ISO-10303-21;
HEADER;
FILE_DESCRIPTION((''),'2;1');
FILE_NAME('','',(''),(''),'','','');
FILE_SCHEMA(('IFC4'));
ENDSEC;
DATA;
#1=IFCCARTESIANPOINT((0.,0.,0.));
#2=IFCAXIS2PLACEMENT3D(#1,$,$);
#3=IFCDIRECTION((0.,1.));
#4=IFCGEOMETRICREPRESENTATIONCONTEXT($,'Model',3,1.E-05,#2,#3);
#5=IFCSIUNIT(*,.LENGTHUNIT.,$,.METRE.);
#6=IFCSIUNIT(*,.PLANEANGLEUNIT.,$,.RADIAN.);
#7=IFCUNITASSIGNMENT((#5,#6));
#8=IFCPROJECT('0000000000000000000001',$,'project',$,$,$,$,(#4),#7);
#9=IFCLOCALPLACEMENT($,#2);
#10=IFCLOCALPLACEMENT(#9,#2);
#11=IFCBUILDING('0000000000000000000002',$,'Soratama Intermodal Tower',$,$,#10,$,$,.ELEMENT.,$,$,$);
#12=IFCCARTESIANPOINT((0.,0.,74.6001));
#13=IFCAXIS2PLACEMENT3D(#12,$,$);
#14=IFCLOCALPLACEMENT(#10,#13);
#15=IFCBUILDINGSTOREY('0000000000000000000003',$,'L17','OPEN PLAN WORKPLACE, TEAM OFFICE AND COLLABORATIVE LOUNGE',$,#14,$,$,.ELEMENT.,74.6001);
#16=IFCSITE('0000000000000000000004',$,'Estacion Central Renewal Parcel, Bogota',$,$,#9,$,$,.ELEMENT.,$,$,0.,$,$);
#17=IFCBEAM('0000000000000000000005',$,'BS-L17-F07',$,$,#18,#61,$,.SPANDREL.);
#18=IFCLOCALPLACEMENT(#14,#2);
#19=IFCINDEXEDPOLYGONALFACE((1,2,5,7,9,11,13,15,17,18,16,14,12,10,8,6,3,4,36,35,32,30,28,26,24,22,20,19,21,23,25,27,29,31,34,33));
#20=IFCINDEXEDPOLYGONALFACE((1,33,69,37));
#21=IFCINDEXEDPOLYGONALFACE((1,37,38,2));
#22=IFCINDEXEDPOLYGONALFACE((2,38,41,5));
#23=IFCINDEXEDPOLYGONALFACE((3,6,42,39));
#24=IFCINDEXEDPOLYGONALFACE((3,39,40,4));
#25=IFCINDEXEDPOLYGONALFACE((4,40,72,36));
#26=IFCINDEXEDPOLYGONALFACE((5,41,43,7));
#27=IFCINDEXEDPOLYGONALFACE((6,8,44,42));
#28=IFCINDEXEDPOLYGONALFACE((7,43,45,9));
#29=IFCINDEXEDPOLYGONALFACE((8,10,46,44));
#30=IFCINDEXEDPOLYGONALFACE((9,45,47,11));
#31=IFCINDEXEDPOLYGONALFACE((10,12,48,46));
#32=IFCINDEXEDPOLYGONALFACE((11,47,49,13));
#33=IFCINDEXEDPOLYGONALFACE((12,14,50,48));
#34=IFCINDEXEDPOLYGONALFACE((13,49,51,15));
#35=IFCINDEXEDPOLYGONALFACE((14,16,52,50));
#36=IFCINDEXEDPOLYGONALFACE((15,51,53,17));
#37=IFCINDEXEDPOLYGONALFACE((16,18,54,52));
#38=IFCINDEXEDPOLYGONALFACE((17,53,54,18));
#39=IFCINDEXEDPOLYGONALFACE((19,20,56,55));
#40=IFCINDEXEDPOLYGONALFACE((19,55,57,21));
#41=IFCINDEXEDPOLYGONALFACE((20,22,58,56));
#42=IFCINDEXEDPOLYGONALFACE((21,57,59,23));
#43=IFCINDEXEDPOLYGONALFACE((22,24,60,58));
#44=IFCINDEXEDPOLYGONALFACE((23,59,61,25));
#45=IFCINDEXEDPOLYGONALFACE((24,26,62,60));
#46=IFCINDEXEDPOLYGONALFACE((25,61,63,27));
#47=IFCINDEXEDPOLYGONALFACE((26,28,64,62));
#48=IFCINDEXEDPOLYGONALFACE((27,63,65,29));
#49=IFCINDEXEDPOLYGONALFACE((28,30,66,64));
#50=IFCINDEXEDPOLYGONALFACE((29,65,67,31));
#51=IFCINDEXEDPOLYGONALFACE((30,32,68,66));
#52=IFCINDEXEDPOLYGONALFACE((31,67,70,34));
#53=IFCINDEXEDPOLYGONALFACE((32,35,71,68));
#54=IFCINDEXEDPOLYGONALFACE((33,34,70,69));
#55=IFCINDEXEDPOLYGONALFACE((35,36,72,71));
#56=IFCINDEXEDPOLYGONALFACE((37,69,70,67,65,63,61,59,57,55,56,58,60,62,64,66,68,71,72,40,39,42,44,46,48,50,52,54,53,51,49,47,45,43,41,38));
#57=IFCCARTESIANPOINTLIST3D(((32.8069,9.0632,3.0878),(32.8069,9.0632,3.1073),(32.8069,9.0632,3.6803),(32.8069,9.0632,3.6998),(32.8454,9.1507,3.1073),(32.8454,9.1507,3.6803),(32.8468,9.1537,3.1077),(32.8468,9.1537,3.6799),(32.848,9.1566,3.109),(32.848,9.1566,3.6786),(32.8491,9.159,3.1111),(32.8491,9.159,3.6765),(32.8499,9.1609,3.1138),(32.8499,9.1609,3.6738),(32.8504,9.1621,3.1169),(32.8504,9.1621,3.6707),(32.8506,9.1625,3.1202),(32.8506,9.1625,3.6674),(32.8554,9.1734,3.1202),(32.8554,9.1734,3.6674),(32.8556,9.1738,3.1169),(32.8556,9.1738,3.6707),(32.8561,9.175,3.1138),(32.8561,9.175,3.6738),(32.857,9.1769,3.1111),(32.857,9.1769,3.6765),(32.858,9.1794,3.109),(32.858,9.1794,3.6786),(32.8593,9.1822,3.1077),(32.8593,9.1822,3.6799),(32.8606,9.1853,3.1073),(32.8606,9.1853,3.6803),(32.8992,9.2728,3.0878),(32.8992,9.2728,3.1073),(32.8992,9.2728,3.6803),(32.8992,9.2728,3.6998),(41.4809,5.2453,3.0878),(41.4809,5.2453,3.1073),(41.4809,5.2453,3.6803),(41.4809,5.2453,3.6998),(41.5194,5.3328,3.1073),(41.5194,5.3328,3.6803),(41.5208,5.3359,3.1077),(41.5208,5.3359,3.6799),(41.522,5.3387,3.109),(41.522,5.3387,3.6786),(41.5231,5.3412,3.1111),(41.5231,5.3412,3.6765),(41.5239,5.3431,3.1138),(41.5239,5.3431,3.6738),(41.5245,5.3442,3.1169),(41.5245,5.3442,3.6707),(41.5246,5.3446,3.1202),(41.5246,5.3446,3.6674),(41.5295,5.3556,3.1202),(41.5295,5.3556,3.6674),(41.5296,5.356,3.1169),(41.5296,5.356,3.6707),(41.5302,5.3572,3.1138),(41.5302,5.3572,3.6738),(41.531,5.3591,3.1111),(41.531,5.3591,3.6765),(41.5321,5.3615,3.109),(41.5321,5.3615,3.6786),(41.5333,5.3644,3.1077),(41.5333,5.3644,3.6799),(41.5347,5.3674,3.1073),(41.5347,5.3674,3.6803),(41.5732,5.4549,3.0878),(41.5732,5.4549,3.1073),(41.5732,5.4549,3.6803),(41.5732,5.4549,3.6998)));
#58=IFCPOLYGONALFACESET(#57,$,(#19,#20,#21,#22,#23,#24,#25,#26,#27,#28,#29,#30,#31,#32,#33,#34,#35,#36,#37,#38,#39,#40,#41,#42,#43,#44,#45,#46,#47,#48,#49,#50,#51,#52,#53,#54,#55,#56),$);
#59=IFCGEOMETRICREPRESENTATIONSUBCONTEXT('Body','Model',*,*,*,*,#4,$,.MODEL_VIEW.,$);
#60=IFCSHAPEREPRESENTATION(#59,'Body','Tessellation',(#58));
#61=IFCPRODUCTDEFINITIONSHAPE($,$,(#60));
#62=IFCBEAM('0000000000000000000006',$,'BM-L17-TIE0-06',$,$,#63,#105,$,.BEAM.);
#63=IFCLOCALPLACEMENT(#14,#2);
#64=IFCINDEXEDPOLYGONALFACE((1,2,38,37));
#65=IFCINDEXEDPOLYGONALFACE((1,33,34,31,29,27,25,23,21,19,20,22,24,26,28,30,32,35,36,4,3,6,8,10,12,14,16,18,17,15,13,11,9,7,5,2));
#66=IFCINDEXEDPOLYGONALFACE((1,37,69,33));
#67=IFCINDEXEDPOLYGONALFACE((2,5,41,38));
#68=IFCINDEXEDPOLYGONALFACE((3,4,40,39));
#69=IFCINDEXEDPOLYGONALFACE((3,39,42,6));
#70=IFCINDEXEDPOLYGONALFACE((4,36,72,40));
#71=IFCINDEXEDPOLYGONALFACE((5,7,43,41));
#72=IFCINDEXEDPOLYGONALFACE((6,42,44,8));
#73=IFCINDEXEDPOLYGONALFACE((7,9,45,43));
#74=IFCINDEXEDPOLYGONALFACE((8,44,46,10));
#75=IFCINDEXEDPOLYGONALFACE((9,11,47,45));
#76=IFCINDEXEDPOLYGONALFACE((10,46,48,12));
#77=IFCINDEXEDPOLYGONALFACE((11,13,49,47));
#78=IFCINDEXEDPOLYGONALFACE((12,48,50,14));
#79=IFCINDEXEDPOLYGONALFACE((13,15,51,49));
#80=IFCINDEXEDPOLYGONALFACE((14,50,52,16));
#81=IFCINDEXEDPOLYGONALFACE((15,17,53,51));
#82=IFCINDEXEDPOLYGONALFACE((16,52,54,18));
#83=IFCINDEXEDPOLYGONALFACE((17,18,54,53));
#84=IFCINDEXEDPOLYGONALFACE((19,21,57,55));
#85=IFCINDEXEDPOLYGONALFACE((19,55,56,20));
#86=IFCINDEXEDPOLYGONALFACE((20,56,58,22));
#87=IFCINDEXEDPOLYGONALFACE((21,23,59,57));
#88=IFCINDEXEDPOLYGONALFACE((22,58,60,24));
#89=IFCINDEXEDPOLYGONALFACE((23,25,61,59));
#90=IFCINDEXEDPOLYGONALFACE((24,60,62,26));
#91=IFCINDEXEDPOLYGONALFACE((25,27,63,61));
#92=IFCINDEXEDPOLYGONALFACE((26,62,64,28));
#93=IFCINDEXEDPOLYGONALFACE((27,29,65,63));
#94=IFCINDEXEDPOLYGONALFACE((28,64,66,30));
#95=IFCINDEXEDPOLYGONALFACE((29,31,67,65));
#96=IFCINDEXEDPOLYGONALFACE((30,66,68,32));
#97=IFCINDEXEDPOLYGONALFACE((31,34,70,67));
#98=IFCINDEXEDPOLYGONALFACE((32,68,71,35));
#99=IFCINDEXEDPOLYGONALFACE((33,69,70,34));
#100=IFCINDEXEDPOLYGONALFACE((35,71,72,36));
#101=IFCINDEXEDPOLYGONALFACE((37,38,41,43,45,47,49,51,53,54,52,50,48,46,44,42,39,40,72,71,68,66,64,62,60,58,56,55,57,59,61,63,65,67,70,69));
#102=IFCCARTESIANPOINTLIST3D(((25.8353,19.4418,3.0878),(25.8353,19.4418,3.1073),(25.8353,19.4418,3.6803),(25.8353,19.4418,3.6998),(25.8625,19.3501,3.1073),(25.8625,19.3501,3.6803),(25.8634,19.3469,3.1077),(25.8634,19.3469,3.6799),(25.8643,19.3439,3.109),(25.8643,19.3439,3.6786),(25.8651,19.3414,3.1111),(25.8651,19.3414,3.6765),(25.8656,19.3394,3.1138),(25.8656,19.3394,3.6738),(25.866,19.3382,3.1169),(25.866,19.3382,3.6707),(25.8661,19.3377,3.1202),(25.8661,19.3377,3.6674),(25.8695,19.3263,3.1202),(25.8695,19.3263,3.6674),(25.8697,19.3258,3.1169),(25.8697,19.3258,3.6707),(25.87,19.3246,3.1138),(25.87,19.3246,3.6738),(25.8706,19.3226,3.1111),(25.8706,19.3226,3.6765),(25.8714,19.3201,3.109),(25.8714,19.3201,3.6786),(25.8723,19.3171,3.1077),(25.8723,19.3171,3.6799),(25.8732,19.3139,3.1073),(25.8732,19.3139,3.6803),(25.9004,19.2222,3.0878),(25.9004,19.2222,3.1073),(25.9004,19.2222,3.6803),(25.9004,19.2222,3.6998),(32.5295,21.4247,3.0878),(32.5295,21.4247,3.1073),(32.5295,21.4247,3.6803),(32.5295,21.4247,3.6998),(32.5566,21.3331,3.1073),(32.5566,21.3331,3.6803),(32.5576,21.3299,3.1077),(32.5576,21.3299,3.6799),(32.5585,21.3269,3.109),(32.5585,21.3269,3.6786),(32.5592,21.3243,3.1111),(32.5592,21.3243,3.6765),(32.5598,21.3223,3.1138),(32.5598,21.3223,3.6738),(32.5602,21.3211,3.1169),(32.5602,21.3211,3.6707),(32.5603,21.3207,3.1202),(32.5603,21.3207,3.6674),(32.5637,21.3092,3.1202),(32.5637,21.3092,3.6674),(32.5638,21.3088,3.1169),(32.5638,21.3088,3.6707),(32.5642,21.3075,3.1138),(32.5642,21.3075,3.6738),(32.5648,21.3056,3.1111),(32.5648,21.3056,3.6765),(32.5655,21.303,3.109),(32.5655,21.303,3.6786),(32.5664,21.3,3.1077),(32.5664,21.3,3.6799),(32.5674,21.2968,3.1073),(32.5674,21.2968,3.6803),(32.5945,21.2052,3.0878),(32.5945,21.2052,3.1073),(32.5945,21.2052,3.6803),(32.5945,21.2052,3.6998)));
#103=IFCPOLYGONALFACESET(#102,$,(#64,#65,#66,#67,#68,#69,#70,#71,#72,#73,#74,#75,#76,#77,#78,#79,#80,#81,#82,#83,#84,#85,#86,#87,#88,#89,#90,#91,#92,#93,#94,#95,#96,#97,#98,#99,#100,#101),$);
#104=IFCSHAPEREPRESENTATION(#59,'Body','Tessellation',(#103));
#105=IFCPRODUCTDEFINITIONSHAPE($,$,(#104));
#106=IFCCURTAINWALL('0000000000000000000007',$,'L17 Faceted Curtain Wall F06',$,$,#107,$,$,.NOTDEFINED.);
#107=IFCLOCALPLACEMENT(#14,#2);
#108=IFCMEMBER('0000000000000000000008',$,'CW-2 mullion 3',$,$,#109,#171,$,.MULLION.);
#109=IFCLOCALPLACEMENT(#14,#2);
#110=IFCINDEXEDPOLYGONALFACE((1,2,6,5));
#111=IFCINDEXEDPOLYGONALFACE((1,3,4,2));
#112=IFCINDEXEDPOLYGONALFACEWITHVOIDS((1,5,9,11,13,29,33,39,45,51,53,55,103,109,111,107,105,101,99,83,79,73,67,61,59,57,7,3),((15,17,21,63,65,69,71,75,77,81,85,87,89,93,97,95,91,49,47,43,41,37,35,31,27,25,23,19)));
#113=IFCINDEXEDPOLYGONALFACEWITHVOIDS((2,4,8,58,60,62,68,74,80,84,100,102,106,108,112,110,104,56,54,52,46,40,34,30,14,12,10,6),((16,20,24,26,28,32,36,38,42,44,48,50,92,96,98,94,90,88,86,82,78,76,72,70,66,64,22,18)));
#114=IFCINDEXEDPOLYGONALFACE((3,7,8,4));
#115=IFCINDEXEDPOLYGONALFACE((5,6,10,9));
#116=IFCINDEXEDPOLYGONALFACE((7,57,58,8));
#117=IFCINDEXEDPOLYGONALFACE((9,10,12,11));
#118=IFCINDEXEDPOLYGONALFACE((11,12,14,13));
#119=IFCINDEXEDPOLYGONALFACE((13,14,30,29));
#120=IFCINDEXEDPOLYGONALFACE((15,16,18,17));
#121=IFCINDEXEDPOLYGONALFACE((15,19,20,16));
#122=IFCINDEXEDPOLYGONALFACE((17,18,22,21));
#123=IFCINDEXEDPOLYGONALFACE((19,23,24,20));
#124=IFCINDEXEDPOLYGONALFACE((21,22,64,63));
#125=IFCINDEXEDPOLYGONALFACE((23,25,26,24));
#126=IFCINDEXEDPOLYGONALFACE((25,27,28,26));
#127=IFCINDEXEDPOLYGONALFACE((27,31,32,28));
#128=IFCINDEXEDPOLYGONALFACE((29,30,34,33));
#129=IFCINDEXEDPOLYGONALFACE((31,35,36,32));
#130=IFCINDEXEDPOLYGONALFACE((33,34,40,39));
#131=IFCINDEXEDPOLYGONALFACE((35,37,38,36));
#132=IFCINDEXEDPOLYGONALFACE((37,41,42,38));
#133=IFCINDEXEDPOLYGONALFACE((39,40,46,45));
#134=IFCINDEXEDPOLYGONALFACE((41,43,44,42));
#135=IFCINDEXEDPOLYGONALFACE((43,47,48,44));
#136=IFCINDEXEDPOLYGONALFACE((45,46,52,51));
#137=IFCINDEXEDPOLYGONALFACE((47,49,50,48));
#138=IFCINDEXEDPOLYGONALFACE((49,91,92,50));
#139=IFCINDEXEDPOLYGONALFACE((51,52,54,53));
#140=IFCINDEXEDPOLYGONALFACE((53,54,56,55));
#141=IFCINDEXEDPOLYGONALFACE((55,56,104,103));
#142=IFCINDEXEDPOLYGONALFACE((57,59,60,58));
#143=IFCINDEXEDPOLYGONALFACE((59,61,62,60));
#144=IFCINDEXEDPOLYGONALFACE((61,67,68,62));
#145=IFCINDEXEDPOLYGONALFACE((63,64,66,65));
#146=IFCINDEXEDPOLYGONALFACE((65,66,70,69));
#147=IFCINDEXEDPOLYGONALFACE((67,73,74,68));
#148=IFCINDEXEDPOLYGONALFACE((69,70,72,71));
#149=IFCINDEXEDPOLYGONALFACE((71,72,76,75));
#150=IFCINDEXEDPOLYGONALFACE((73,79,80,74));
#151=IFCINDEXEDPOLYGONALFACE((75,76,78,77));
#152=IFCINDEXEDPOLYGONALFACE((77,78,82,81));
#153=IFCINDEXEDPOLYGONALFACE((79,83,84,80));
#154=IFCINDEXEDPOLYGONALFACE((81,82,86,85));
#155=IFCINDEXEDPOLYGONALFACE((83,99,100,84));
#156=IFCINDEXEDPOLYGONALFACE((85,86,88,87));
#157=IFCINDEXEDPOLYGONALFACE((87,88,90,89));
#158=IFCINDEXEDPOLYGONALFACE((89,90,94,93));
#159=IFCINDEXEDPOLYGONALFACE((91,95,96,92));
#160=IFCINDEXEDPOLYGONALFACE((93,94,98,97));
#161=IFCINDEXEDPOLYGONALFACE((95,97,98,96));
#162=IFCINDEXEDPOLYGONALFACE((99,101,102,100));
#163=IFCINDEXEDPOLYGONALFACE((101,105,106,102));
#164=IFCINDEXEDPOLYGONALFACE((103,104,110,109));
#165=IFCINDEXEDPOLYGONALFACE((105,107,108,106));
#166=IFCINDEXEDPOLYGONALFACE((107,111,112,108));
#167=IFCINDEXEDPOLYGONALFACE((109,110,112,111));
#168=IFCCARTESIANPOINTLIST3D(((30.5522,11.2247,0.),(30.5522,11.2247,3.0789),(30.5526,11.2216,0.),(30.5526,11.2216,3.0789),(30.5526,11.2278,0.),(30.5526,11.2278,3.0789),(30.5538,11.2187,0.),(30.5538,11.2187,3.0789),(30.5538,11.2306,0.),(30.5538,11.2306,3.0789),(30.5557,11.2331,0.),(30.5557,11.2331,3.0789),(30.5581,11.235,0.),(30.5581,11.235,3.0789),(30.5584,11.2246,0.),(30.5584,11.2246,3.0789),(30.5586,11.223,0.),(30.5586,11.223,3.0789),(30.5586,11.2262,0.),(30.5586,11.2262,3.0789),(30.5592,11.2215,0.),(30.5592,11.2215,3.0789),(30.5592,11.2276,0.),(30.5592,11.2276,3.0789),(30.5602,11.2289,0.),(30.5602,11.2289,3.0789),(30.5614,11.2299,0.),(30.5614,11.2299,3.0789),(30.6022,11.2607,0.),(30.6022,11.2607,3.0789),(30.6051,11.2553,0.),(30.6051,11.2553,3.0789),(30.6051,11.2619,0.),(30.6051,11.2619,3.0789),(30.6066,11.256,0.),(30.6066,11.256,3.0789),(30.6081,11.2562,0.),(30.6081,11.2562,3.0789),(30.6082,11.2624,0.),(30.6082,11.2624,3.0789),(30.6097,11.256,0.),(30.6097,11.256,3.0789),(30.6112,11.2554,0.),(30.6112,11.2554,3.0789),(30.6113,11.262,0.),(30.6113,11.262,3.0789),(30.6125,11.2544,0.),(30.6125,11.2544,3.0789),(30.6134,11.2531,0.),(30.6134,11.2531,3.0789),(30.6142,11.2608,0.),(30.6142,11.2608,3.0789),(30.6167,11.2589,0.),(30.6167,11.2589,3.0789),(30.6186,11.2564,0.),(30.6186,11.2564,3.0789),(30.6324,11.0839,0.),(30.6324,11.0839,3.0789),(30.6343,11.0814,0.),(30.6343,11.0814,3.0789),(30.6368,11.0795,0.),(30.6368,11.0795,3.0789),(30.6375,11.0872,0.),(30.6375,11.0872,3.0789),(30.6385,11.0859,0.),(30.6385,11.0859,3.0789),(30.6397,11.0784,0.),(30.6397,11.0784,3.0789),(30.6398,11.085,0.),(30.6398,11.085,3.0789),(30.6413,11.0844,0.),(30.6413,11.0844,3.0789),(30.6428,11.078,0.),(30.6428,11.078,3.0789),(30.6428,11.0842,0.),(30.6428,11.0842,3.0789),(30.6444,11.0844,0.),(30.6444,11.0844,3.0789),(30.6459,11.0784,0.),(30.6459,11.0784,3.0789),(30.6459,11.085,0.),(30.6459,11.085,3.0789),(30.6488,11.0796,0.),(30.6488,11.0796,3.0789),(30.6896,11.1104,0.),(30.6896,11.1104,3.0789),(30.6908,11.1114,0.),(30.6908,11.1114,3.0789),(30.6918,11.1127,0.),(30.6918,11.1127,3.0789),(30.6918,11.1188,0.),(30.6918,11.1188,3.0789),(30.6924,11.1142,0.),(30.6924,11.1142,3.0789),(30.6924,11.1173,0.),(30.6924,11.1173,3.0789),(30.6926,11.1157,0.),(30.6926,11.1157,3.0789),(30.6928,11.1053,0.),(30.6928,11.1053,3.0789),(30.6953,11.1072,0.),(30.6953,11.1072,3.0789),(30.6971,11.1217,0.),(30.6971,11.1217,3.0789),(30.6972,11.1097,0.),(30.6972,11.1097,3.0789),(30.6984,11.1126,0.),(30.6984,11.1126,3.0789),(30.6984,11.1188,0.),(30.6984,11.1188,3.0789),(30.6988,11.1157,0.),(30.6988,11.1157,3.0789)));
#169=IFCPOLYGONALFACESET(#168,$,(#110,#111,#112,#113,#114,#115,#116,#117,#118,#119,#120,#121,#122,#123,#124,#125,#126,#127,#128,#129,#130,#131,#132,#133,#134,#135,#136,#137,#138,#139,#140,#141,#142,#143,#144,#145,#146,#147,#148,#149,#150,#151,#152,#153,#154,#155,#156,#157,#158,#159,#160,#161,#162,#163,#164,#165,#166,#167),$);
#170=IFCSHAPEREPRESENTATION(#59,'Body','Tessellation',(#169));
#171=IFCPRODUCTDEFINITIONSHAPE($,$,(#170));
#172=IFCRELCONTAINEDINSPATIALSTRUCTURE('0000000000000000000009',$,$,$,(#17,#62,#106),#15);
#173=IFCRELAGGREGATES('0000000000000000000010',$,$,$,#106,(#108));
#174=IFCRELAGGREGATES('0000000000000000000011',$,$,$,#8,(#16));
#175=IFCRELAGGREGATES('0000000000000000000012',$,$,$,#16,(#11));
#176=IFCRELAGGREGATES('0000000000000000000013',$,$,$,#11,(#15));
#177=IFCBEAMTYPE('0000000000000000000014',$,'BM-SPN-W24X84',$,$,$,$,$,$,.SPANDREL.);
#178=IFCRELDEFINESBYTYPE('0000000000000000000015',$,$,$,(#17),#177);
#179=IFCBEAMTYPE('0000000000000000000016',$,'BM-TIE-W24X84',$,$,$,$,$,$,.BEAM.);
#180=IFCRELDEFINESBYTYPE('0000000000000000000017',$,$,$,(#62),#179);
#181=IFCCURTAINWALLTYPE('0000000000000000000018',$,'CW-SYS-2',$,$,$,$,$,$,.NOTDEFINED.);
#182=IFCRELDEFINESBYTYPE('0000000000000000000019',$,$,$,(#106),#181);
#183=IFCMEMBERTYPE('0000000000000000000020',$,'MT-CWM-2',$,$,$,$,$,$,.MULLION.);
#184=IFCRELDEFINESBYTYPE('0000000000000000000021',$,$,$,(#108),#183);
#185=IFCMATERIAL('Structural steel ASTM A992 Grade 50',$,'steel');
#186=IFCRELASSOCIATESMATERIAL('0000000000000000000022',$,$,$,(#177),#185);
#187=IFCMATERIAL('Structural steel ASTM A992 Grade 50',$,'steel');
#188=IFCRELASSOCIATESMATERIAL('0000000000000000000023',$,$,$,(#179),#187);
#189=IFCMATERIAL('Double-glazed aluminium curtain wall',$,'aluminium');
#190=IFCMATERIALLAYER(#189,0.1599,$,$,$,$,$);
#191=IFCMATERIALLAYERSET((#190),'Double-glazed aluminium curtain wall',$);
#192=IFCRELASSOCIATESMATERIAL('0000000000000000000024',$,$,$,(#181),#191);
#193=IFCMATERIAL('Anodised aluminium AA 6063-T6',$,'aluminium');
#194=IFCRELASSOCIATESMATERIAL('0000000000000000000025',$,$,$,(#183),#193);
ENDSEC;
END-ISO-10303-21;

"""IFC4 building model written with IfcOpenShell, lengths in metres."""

from ifc_helpers import new_model, si_unit, direction, frame, origin, origin_2d, place, context, subcontext, project, spatial, hollow_rectangle, i_section, extrude, material, layer, layer_set, material_profile, profile_set, type_object, element, aggregate, save


model = new_model("IFC4")

# Units and contexts
model_context = context("Model", 3, precision=1e-05, world=origin(), true_north=direction((0.0, 1.0)))
body_context = subcontext(model_context, "Body", "Model", "MODEL_VIEW")
ifc_project = project(units=[si_unit("LENGTHUNIT", "METRE"), si_unit("PLANEANGLEUNIT", "RADIAN")], contexts=[model_context])

# Site, building, storey
site_placement = place(None, origin())
site = spatial("IfcSite", under=ifc_project, at=site_placement, Name="Estacion Central Renewal Parcel, Bogota", CompositionType="ELEMENT", RefElevation=0.0)
building_placement = place(site_placement, origin())
building = spatial("IfcBuilding", under=site, at=building_placement, Name="Soratama Intermodal Tower", CompositionType="ELEMENT")
storey_placement = place(building_placement, frame((0.0, 0.0, 74.6001)))
storey = spatial("IfcBuildingStorey", under=building, at=storey_placement, Name="L17", Description="OPEN PLAN WORKPLACE, TEAM OFFICE AND COLLABORATIVE LOUNGE", CompositionType="ELEMENT", Elevation=74.6001)

# Beams
ifc_material_1 = material(Name="Structural steel ASTM A992 Grade 50", Category="steel")
ifc_material_profile_1 = material_profile(ifc_material_1, i_section(OverallWidth=0.229, OverallDepth=0.6121, WebThickness=0.012, FlangeThickness=0.0195, FilletRadius=0.0129, at=origin_2d()), Name="W24X84")
ifc_profile_set_1 = profile_set([ifc_material_profile_1], Name="Structural steel ASTM A992 Grade 50")
beam_type_1 = type_object("IfcBeamType", Name="BM-SPN-W24X84", PredefinedType="SPANDREL", material=ifc_profile_set_1)
beam_1_placement = place(storey_placement, frame((32.853, 9.168, 3.3938), z_axis=(0.915265, -0.402852, 0.0), x_axis=(0.402852, 0.915265, 0.0)))
element("IfcBeam", 1, at=beam_1_placement, inside=storey, type_object=beam_type_1, Name="BS-L17-F07", PredefinedType="SPANDREL", context=body_context, shape_type="SweptSolid", body=[
    extrude(i_section(OverallWidth=0.229, OverallDepth=0.6121, WebThickness=0.012, FlangeThickness=0.0195, FilletRadius=0.0129, at=origin_2d()), origin(), (0.0, 0.0, 1.0), 9.4771),
])
ifc_material_2 = material(Name="Structural steel ASTM A992 Grade 50", Category="steel")
ifc_material_profile_2 = material_profile(ifc_material_2, i_section(OverallWidth=0.229, OverallDepth=0.6121, WebThickness=0.012, FlangeThickness=0.0195, FilletRadius=0.0129, at=origin_2d()), Name="W24X84")
ifc_profile_set_2 = profile_set([ifc_material_profile_2], Name="Structural steel ASTM A992 Grade 50")
beam_type_2 = type_object("IfcBeamType", Name="BM-TIE-W24X84", PredefinedType="BEAM", material=ifc_profile_set_2)
beam_2_placement = place(storey_placement, frame((32.562, 21.3149, 3.3938), z_axis=(-0.958819, -0.284019, 0.0), x_axis=(0.284019, -0.958819, 0.0)))
element("IfcBeam", 2, at=beam_2_placement, inside=storey, type_object=beam_type_2, Name="BM-L17-TIE0-06", PredefinedType="BEAM", context=body_context, shape_type="SweptSolid", body=[
    extrude(i_section(OverallWidth=0.229, OverallDepth=0.6121, WebThickness=0.012, FlangeThickness=0.0195, FilletRadius=0.0129, at=origin_2d()), origin(), (0.0, 0.0, 1.0), 6.9817),
])

# Curtain wall, member
ifc_material_3 = material(Name="Double-glazed aluminium curtain wall", Category="aluminium")
ifc_layer_1 = layer(ifc_material_3, 0.1599)
ifc_layer_set_1 = layer_set([ifc_layer_1], Name="Double-glazed aluminium curtain wall")
curtain_wall_type = type_object("IfcCurtainWallType", Name="CW-SYS-2", PredefinedType="NOTDEFINED", material=ifc_layer_set_1)
curtain_wall_1_placement = place(storey_placement, origin())
curtain_wall_1 = element("IfcCurtainWall", 3, at=curtain_wall_1_placement, inside=storey, type_object=curtain_wall_type, Name="L17 Faceted Curtain Wall F06", PredefinedType="NOTDEFINED")
ifc_material_4 = material(Name="Anodised aluminium AA 6063-T6", Category="aluminium")
ifc_material_profile_3 = material_profile(ifc_material_4, hollow_rectangle(XDim=0.075, YDim=0.1799, WallThickness=0.0061, InnerFilletRadius=0.0061, OuterFilletRadius=0.012, at=origin_2d()), Name="CWM180X75X6")
ifc_profile_set_3 = profile_set([ifc_material_profile_3], Name="Anodised aluminium AA 6063-T6")
member_type_1 = type_object("IfcMemberType", Name="MT-CWM-2", PredefinedType="MULLION", material=ifc_profile_set_3)
member_1_placement = place(storey_placement, frame((30.6255, 11.1702, 0.0), z_axis=(0.0, 0.0, 1.0), x_axis=(0.863925, 0.50362, 0.0)))
member_1 = element("IfcMember", 4, at=member_1_placement, type_object=member_type_1, Name="CW-2 mullion 3", PredefinedType="MULLION", context=body_context, shape_type="SweptSolid", body=[
    extrude(hollow_rectangle(XDim=0.075, YDim=0.1799, WallThickness=0.0061, InnerFilletRadius=0.0061, OuterFilletRadius=0.012, at=origin_2d()), origin(), (0.0, 0.0, 1.0), 3.0789),
])

aggregate(curtain_wall_1, [member_1])

save(model, "model.ifc")
